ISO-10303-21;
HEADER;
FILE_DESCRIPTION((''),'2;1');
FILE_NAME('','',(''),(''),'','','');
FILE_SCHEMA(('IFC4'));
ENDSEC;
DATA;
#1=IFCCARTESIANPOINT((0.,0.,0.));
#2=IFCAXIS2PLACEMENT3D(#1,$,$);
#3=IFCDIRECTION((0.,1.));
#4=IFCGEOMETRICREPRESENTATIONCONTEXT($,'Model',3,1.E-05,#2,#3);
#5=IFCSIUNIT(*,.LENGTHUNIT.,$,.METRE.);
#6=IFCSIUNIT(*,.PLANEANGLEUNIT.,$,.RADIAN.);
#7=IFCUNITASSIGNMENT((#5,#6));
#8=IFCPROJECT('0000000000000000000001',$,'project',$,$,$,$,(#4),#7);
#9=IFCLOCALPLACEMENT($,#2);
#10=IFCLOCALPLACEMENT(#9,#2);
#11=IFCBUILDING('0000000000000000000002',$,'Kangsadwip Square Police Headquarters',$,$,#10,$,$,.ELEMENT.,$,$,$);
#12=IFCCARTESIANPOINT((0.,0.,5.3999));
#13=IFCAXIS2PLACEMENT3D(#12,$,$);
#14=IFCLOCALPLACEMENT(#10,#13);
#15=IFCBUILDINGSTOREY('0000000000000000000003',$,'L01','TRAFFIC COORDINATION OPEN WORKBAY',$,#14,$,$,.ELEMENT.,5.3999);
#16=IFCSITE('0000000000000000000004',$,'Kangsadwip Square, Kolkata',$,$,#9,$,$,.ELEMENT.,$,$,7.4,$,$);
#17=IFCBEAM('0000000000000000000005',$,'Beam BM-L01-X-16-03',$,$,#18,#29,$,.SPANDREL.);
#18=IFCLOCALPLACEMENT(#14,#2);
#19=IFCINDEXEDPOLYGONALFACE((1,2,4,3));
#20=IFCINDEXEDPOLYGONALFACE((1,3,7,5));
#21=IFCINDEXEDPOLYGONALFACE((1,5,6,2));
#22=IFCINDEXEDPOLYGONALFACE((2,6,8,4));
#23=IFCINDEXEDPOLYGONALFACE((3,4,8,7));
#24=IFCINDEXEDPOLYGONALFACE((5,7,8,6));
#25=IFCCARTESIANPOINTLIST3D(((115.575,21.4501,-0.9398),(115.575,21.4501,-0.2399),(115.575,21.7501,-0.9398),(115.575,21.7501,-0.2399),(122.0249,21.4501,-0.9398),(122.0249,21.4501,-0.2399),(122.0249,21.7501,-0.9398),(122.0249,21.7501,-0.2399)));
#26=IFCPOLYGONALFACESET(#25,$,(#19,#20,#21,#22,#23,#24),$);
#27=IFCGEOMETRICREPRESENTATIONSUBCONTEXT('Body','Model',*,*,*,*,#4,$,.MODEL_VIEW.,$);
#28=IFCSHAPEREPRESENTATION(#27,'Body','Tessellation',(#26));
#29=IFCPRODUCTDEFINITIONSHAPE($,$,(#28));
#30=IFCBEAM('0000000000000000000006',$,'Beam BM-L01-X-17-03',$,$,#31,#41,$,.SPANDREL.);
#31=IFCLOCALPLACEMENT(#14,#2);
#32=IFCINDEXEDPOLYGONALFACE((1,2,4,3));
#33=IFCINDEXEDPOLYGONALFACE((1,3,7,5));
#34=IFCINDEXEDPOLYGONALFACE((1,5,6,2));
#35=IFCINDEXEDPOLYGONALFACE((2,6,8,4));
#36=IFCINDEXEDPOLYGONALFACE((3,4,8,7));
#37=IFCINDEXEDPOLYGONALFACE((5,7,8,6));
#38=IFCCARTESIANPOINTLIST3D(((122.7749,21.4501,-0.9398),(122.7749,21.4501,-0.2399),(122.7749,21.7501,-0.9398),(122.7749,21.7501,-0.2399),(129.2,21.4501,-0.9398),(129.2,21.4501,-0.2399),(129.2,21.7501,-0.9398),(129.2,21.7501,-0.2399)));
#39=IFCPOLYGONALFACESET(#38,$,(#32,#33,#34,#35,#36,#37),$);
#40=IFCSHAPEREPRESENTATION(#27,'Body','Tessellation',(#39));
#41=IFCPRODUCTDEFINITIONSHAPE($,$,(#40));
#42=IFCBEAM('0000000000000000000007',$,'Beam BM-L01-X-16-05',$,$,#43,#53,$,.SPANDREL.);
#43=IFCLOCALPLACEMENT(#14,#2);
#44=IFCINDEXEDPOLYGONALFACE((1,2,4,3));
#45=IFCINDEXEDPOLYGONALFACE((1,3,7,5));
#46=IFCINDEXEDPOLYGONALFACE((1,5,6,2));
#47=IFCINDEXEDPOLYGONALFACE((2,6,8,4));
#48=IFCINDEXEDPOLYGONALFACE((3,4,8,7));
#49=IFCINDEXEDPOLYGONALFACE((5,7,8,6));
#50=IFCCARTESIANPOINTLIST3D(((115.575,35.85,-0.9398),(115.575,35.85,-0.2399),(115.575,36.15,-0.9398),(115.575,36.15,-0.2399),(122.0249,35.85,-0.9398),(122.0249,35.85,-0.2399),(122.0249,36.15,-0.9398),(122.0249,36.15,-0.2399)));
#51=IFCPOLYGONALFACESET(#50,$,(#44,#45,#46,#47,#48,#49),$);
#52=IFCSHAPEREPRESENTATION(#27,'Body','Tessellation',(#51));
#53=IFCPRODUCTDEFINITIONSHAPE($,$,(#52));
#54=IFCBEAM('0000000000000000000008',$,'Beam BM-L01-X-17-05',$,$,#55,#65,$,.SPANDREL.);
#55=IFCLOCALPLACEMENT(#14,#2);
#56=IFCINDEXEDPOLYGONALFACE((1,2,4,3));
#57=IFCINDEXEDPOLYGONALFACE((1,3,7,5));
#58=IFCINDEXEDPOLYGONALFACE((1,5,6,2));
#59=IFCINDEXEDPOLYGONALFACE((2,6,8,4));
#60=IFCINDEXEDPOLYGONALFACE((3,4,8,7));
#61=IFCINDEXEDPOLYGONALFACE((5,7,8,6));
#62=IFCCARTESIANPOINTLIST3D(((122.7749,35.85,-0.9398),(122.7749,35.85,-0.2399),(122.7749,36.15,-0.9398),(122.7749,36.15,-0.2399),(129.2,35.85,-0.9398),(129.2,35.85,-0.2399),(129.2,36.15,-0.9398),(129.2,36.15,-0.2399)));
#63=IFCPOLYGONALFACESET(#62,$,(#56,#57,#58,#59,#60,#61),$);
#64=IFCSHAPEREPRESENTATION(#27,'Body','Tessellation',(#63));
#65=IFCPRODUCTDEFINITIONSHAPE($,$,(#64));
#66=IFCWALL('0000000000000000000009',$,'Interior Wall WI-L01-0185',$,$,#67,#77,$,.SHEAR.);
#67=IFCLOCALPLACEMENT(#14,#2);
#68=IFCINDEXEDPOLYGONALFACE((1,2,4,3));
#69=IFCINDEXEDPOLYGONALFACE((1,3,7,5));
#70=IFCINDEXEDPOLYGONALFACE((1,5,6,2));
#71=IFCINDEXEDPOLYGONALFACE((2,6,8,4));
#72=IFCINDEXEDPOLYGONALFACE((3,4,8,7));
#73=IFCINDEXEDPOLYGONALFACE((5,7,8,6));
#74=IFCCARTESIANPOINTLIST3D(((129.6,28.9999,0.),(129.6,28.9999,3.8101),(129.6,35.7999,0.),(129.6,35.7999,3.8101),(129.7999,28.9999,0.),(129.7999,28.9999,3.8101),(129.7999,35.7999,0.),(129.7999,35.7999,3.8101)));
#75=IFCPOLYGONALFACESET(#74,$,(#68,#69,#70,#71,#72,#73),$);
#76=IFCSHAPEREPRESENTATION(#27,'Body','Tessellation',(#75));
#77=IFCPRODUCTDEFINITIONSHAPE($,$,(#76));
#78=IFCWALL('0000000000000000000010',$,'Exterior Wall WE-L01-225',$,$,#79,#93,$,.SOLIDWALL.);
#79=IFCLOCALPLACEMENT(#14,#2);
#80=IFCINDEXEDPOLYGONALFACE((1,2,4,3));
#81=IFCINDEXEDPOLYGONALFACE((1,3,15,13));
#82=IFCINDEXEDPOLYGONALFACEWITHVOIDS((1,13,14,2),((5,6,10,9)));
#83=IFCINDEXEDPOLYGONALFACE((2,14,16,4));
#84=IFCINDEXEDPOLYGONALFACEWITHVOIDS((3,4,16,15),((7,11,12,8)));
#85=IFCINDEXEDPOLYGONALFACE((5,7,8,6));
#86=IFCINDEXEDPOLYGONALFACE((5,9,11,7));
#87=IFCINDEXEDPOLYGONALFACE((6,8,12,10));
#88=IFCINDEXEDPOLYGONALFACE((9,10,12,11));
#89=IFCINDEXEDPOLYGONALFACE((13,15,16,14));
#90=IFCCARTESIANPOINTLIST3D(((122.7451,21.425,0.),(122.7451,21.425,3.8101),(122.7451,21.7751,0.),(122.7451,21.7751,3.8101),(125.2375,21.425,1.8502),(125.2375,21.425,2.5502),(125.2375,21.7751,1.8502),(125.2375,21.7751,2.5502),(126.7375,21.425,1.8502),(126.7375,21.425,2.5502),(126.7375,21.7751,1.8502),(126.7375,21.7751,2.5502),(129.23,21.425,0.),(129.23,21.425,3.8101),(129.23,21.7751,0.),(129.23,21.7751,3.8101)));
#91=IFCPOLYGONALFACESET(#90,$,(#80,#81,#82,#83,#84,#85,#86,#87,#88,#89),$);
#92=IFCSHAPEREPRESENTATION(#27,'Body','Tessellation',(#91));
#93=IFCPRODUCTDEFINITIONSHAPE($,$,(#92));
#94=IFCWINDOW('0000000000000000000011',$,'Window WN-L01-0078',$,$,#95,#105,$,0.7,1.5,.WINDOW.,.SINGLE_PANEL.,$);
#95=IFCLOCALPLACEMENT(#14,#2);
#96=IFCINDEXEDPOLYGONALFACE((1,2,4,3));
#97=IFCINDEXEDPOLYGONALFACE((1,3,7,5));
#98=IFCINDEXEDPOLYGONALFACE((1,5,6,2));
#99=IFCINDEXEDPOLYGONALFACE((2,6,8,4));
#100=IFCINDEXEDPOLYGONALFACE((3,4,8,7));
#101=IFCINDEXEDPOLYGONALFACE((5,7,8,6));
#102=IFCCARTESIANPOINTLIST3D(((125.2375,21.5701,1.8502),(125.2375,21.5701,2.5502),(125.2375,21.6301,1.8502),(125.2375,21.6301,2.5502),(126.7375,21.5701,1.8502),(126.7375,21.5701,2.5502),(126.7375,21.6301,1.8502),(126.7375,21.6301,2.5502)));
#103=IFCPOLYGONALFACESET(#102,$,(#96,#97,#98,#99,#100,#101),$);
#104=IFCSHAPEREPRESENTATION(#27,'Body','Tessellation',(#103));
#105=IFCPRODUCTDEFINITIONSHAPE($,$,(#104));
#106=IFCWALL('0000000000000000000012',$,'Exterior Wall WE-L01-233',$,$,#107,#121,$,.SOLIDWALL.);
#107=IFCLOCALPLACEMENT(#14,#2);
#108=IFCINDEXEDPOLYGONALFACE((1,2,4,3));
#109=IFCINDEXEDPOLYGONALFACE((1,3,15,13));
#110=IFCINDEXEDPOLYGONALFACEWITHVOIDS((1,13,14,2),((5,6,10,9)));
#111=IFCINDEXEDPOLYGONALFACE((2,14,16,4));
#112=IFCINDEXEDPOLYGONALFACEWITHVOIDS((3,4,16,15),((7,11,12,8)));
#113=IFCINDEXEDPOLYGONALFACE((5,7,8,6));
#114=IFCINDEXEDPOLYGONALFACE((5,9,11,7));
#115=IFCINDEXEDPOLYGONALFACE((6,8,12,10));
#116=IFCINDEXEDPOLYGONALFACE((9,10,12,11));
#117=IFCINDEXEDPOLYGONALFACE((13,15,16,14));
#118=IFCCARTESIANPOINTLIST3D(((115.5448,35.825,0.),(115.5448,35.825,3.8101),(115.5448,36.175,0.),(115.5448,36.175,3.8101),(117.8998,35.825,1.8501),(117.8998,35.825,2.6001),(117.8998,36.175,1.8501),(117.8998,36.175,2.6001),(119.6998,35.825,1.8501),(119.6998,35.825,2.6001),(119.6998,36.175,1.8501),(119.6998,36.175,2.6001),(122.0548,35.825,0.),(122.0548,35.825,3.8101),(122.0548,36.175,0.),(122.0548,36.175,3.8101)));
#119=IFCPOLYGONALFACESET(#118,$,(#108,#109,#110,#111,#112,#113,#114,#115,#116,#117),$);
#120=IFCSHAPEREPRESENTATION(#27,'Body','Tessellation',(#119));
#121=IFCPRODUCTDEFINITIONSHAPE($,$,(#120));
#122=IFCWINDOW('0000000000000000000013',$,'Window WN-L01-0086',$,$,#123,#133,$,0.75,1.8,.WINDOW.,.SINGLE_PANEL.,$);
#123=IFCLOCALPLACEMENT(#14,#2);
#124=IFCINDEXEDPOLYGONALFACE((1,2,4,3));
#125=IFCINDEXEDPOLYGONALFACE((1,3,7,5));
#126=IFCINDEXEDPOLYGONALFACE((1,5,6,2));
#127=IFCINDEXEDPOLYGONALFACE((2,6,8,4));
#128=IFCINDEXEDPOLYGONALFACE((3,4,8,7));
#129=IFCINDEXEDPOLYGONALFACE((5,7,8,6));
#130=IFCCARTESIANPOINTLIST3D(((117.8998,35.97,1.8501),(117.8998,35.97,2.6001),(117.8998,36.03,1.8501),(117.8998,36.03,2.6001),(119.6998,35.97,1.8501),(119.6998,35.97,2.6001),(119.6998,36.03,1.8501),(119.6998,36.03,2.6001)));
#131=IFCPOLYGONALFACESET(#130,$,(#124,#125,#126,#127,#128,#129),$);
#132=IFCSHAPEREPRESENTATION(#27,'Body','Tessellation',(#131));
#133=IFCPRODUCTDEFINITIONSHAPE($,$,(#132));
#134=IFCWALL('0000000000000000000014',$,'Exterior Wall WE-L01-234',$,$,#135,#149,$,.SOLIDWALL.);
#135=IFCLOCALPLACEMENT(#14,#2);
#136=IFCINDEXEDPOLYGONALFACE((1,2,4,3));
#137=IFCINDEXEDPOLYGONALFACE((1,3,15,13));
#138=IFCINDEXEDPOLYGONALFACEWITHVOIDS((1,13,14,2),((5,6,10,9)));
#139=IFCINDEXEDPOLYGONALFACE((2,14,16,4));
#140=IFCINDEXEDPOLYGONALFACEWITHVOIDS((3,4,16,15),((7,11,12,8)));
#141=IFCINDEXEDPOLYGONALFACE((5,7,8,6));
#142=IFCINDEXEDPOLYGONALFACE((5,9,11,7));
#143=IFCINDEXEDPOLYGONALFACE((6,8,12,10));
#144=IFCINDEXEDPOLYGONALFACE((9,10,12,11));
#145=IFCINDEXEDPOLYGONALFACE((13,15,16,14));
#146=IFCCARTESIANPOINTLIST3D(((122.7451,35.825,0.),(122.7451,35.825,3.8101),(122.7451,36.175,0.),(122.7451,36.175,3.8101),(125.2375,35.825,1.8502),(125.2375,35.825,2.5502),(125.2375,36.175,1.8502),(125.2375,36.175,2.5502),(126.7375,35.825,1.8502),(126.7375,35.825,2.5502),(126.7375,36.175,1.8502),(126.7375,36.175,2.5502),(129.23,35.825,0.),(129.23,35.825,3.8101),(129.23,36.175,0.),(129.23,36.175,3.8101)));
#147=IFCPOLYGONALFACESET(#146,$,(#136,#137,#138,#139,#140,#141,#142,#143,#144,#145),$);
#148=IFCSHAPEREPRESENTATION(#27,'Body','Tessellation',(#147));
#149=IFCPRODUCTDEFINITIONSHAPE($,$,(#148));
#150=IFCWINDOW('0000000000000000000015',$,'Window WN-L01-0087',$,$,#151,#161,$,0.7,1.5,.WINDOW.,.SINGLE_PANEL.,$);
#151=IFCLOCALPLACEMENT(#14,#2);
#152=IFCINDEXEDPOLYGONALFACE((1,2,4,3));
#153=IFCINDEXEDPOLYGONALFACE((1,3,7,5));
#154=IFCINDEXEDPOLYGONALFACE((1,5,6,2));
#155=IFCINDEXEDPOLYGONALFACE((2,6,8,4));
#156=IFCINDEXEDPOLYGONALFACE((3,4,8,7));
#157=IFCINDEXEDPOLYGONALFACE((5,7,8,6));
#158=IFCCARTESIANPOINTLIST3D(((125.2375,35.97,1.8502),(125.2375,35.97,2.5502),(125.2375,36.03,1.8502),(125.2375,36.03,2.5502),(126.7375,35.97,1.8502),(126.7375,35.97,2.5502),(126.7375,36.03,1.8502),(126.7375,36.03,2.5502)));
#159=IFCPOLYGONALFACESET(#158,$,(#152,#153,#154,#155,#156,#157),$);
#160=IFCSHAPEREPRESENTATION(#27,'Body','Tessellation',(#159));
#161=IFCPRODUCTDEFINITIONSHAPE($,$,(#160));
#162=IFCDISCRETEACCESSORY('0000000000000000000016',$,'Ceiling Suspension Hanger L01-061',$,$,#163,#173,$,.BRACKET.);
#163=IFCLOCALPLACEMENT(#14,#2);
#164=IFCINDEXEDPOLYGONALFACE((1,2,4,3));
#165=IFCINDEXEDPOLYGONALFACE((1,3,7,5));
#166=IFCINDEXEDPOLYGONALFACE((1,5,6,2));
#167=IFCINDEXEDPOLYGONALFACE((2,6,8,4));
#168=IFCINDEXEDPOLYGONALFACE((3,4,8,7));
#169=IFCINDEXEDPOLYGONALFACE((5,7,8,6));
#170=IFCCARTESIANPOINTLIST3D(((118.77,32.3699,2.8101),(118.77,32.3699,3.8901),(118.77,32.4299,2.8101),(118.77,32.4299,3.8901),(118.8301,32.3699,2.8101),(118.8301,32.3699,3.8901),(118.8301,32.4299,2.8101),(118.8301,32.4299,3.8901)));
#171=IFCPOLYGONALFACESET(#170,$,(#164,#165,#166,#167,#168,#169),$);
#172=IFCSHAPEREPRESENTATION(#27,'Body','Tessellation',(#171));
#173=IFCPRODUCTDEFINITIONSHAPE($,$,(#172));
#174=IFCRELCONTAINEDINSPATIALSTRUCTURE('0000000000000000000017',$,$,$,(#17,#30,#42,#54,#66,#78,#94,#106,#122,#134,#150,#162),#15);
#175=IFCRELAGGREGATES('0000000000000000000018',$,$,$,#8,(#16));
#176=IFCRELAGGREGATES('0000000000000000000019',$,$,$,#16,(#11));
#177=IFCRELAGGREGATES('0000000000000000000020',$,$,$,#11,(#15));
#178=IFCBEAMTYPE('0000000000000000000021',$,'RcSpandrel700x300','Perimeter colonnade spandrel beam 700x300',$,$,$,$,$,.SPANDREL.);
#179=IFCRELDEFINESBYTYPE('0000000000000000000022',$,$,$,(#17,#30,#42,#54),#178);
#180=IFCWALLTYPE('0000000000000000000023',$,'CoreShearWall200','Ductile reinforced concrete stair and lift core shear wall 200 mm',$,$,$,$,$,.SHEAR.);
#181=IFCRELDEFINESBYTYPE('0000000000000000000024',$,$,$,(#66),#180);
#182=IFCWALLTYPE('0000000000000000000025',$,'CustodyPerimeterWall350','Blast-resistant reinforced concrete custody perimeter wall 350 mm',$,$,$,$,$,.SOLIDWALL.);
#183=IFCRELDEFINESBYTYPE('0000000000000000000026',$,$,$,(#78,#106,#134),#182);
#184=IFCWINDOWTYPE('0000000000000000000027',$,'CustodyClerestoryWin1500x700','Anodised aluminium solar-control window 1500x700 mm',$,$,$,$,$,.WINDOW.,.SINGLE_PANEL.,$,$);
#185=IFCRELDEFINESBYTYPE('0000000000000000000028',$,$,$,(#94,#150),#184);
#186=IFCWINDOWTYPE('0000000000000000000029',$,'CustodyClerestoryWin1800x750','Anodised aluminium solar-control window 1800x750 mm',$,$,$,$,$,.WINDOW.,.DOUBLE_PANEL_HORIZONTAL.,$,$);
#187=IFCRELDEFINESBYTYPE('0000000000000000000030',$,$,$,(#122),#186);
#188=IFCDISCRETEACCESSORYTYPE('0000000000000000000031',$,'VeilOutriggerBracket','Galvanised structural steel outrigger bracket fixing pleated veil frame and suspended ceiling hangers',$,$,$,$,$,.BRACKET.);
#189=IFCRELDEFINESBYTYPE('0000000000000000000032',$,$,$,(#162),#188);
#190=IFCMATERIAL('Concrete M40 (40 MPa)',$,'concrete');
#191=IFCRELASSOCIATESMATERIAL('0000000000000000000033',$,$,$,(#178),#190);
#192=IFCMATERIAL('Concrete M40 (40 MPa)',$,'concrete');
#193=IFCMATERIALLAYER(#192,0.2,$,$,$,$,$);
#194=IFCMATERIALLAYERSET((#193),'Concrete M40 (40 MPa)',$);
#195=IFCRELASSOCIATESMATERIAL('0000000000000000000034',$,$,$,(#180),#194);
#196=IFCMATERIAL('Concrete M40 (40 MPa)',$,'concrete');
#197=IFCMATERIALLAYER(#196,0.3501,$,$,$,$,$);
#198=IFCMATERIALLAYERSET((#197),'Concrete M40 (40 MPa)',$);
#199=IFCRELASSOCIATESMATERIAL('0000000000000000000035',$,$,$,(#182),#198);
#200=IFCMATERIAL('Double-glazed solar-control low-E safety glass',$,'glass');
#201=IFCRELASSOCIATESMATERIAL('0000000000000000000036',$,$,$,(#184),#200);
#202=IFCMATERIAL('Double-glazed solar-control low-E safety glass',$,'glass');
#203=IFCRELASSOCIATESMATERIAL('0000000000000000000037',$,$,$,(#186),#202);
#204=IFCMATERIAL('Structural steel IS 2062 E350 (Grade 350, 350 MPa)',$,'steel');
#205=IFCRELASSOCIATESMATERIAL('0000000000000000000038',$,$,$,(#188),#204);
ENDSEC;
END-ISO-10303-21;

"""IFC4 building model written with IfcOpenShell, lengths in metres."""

from ifc_helpers import new_model, si_unit, direction, frame, frame_2d, origin, origin_2d, place, context, subcontext, project, spatial, rectangle, extrude, material, layer, layer_set, material_profile, profile_set, type_object, element, fill, save


model = new_model("IFC4")

# Units and contexts
model_context = context("Model", 3, precision=1e-05, world=origin(), true_north=direction((0.0, 1.0)))
body_context = subcontext(model_context, "Body", "Model", "MODEL_VIEW")
ifc_project = project(units=[si_unit("LENGTHUNIT", "METRE"), si_unit("PLANEANGLEUNIT", "RADIAN")], contexts=[model_context])

# Site, building, storey
site_placement = place(None, origin())
site = spatial("IfcSite", under=ifc_project, at=site_placement, Name="Kangsadwip Square, Kolkata", CompositionType="ELEMENT", RefElevation=7.4)
building_placement = place(site_placement, origin())
building = spatial("IfcBuilding", under=site, at=building_placement, Name="Kangsadwip Square Police Headquarters", CompositionType="ELEMENT")
storey_placement = place(building_placement, frame((0.0, 0.0, 5.3999)))
storey = spatial("IfcBuildingStorey", under=building, at=storey_placement, Name="L01", Description="TRAFFIC COORDINATION OPEN WORKBAY", CompositionType="ELEMENT", Elevation=5.3999)

# Beams
ifc_material_1 = material(Name="Concrete M40 (40 MPa)", Category="concrete")
ifc_material_profile_1 = material_profile(ifc_material_1, rectangle(XDim=0.3, YDim=0.7, at=origin_2d()), Name="RC SPN 700X300")
ifc_profile_set_1 = profile_set([ifc_material_profile_1], Name="Concrete M40 (40 MPa)")
beam_type_1 = type_object("IfcBeamType", Name="RcSpandrel700x300", Description="Perimeter colonnade spandrel beam 700x300", PredefinedType="SPANDREL", material=ifc_profile_set_1)
beam_1_placement = place(storey_placement, frame((115.575, 21.6001, -0.5898), z_axis=(1.0, 0.0, 0.0), x_axis=(0.0, 1.0, 0.0)))
element("IfcBeam", 1, at=beam_1_placement, inside=storey, type_object=beam_type_1, Name="Beam BM-L01-X-16-03", PredefinedType="SPANDREL", context=body_context, shape_type="SweptSolid", body=[
    extrude(rectangle(XDim=0.3, YDim=0.7, at=origin_2d()), origin(), (0.0, 0.0, 1.0), 6.45),
])
beam_2_placement = place(storey_placement, frame((122.7749, 21.6001, -0.5898), z_axis=(1.0, 0.0, 0.0), x_axis=(0.0, 1.0, 0.0)))
element("IfcBeam", 2, at=beam_2_placement, inside=storey, type_object=beam_type_1, Name="Beam BM-L01-X-17-03", PredefinedType="SPANDREL", context=body_context, shape_type="SweptSolid", body=[
    extrude(rectangle(XDim=0.3, YDim=0.7, at=origin_2d()), origin(), (0.0, 0.0, 1.0), 6.425),
])
beam_3_placement = place(storey_placement, frame((115.575, 36.0, -0.5898), z_axis=(1.0, 0.0, 0.0), x_axis=(0.0, 1.0, 0.0)))
element("IfcBeam", 3, at=beam_3_placement, inside=storey, type_object=beam_type_1, Name="Beam BM-L01-X-16-05", PredefinedType="SPANDREL", context=body_context, shape_type="SweptSolid", body=[
    extrude(rectangle(XDim=0.3, YDim=0.7, at=origin_2d()), origin(), (0.0, 0.0, 1.0), 6.45),
])
beam_4_placement = place(storey_placement, frame((122.7749, 36.0, -0.5898), z_axis=(1.0, 0.0, 0.0), x_axis=(0.0, 1.0, 0.0)))
element("IfcBeam", 4, at=beam_4_placement, inside=storey, type_object=beam_type_1, Name="Beam BM-L01-X-17-05", PredefinedType="SPANDREL", context=body_context, shape_type="SweptSolid", body=[
    extrude(rectangle(XDim=0.3, YDim=0.7, at=origin_2d()), origin(), (0.0, 0.0, 1.0), 6.425),
])

# Wall
ifc_material_2 = material(Name="Concrete M40 (40 MPa)", Category="concrete")
ifc_layer_1 = layer(ifc_material_2, 0.2)
ifc_layer_set_1 = layer_set([ifc_layer_1], Name="Concrete M40 (40 MPa)")
wall_type_1 = type_object("IfcWallType", Name="CoreShearWall200", Description="Ductile reinforced concrete stair and lift core shear wall 200 mm", PredefinedType="SHEAR", material=ifc_layer_set_1)
wall_1_placement = place(storey_placement, frame((129.7, 29.0, 0.0), z_axis=(0.0, 0.0, 1.0), x_axis=(0.0, 1.0, 0.0)))
element("IfcWall", 5, at=wall_1_placement, inside=storey, type_object=wall_type_1, Name="Interior Wall WI-L01-0185", PredefinedType="SHEAR", context=body_context, shape_type="SweptSolid", body=[
    extrude(rectangle(XDim=6.8, YDim=0.2, at=frame_2d((3.3999, 0.0))), origin(), (0.0, 0.0, 1.0), 3.8101),
])

# Walls, openings, windows
ifc_material_3 = material(Name="Concrete M40 (40 MPa)", Category="concrete")
ifc_layer_2 = layer(ifc_material_3, 0.3501)
ifc_layer_set_2 = layer_set([ifc_layer_2], Name="Concrete M40 (40 MPa)")
wall_type_2 = type_object("IfcWallType", Name="CustodyPerimeterWall350", Description="Blast-resistant reinforced concrete custody perimeter wall 350 mm", PredefinedType="SOLIDWALL", material=ifc_layer_set_2)
wall_2_placement = place(storey_placement, frame((122.7451, 21.6001, 0.0), z_axis=(0.0, 0.0, 1.0), x_axis=(1.0, 0.0, 0.0)))
wall_2 = element("IfcWall", 6, at=wall_2_placement, inside=storey, type_object=wall_type_2, Name="Exterior Wall WE-L01-225", PredefinedType="SOLIDWALL", context=body_context, shape_type="SweptSolid", body=[
    extrude(rectangle(XDim=6.4849, YDim=0.3501, at=frame_2d((3.2424, 0.0))), origin(), (0.0, 0.0, 1.0), 3.8101),
])
opening_1_placement = place(wall_2_placement, frame((2.4924, 0.0, 1.8501)))
opening_1 = element("IfcOpeningElement", 7, at=opening_1_placement, cuts=wall_2, PredefinedType="OPENING", context=body_context, shape_type="SweptSolid", body=[
    extrude(rectangle(XDim=1.5, YDim=0.7, at=frame_2d((0.75, 0.3501))), frame((0.0, 0.1851, 0.0), z_axis=(0.0, -1.0, 0.0), x_axis=(1.0, 0.0, 0.0)), (0.0, 0.0, 1.0), 0.3701),
])
ifc_material_4 = material(Name="Double-glazed solar-control low-E safety glass", Category="glass")
window_type_1 = type_object("IfcWindowType", Name="CustodyClerestoryWin1500x700", Description="Anodised aluminium solar-control window 1500x700 mm", PartitioningType="SINGLE_PANEL", PredefinedType="WINDOW", material=ifc_material_4)
window_1_placement = place(opening_1_placement, origin())
window_1 = element("IfcWindow", 8, at=window_1_placement, inside=storey, type_object=window_type_1, Name="Window WN-L01-0078", OverallHeight=0.7, OverallWidth=1.5, PartitioningType="SINGLE_PANEL", PredefinedType="WINDOW", context=body_context, shape_type="SweptSolid", body=[
    extrude(rectangle(XDim=1.5, YDim=0.7, at=frame_2d((0.75, 0.3501))), frame((0.0, 0.03, 0.0), z_axis=(0.0, -1.0, 0.0), x_axis=(1.0, 0.0, 0.0)), (0.0, 0.0, 1.0), 0.0601),
])
fill(opening_1, window_1)
wall_3_placement = place(storey_placement, frame((115.5449, 36.0, 0.0), z_axis=(0.0, 0.0, 1.0), x_axis=(1.0, 0.0, 0.0)))
wall_3 = element("IfcWall", 9, at=wall_3_placement, inside=storey, type_object=wall_type_2, Name="Exterior Wall WE-L01-233", PredefinedType="SOLIDWALL", context=body_context, shape_type="SweptSolid", body=[
    extrude(rectangle(XDim=6.51, YDim=0.3501, at=frame_2d((3.2549, 0.0))), origin(), (0.0, 0.0, 1.0), 3.8101),
])
opening_2_placement = place(wall_3_placement, frame((2.355, 0.0, 1.8501)))
opening_2 = element("IfcOpeningElement", 10, at=opening_2_placement, cuts=wall_3, PredefinedType="OPENING", context=body_context, shape_type="SweptSolid", body=[
    extrude(rectangle(XDim=1.8, YDim=0.75, at=frame_2d((0.8999, 0.375))), frame((0.0, 0.1851, 0.0), z_axis=(0.0, -1.0, 0.0), x_axis=(1.0, 0.0, 0.0)), (0.0, 0.0, 1.0), 0.3701),
])
ifc_material_5 = material(Name="Double-glazed solar-control low-E safety glass", Category="glass")
window_type_2 = type_object("IfcWindowType", Name="CustodyClerestoryWin1800x750", Description="Anodised aluminium solar-control window 1800x750 mm", PartitioningType="DOUBLE_PANEL_HORIZONTAL", PredefinedType="WINDOW", material=ifc_material_5)
window_2_placement = place(opening_2_placement, origin())
window_2 = element("IfcWindow", 11, at=window_2_placement, inside=storey, type_object=window_type_2, Name="Window WN-L01-0086", OverallHeight=0.75, OverallWidth=1.8, PartitioningType="SINGLE_PANEL", PredefinedType="WINDOW", context=body_context, shape_type="SweptSolid", body=[
    extrude(rectangle(XDim=1.8, YDim=0.75, at=frame_2d((0.8999, 0.375))), frame((0.0, 0.03, 0.0), z_axis=(0.0, -1.0, 0.0), x_axis=(1.0, 0.0, 0.0)), (0.0, 0.0, 1.0), 0.0601),
])
fill(opening_2, window_2)
wall_4_placement = place(storey_placement, frame((122.7451, 36.0, 0.0), z_axis=(0.0, 0.0, 1.0), x_axis=(1.0, 0.0, 0.0)))
wall_4 = element("IfcWall", 12, at=wall_4_placement, inside=storey, type_object=wall_type_2, Name="Exterior Wall WE-L01-234", PredefinedType="SOLIDWALL", context=body_context, shape_type="SweptSolid", body=[
    extrude(rectangle(XDim=6.4849, YDim=0.3501, at=frame_2d((3.2424, 0.0))), origin(), (0.0, 0.0, 1.0), 3.8101),
])
opening_3_placement = place(wall_4_placement, frame((2.4924, 0.0, 1.8501)))
opening_3 = element("IfcOpeningElement", 13, at=opening_3_placement, cuts=wall_4, PredefinedType="OPENING", context=body_context, shape_type="SweptSolid", body=[
    extrude(rectangle(XDim=1.5, YDim=0.7, at=frame_2d((0.75, 0.3501))), frame((0.0, 0.1851, 0.0), z_axis=(0.0, -1.0, 0.0), x_axis=(1.0, 0.0, 0.0)), (0.0, 0.0, 1.0), 0.3701),
])
window_3_placement = place(opening_3_placement, origin())
window_3 = element("IfcWindow", 14, at=window_3_placement, inside=storey, type_object=window_type_1, Name="Window WN-L01-0087", OverallHeight=0.7, OverallWidth=1.5, PartitioningType="SINGLE_PANEL", PredefinedType="WINDOW", context=body_context, shape_type="SweptSolid", body=[
    extrude(rectangle(XDim=1.5, YDim=0.7, at=frame_2d((0.75, 0.3501))), frame((0.0, 0.03, 0.0), z_axis=(0.0, -1.0, 0.0), x_axis=(1.0, 0.0, 0.0)), (0.0, 0.0, 1.0), 0.0601),
])
fill(opening_3, window_3)

# Discrete accessory
ifc_material_6 = material(Name="Structural steel IS 2062 E350 (Grade 350, 350 MPa)", Category="steel")
discrete_accessory_type = type_object("IfcDiscreteAccessoryType", Name="VeilOutriggerBracket", Description="Galvanised structural steel outrigger bracket fixing pleated veil frame and suspended ceiling hangers", PredefinedType="BRACKET", material=ifc_material_6)
discrete_accessory_placement = place(storey_placement, frame((118.8, 32.3999, 2.8101), z_axis=(0.0, 0.0, 1.0), x_axis=(1.0, 0.0, 0.0)))
element("IfcDiscreteAccessory", 15, at=discrete_accessory_placement, inside=storey, type_object=discrete_accessory_type, Name="Ceiling Suspension Hanger L01-061", PredefinedType="BRACKET", context=body_context, shape_type="SweptSolid", body=[
    extrude(rectangle(XDim=0.0601, YDim=0.0601, at=origin_2d()), origin(), (0.0, 0.0, 1.0), 1.0801),
])

save(model, "model.ifc")
